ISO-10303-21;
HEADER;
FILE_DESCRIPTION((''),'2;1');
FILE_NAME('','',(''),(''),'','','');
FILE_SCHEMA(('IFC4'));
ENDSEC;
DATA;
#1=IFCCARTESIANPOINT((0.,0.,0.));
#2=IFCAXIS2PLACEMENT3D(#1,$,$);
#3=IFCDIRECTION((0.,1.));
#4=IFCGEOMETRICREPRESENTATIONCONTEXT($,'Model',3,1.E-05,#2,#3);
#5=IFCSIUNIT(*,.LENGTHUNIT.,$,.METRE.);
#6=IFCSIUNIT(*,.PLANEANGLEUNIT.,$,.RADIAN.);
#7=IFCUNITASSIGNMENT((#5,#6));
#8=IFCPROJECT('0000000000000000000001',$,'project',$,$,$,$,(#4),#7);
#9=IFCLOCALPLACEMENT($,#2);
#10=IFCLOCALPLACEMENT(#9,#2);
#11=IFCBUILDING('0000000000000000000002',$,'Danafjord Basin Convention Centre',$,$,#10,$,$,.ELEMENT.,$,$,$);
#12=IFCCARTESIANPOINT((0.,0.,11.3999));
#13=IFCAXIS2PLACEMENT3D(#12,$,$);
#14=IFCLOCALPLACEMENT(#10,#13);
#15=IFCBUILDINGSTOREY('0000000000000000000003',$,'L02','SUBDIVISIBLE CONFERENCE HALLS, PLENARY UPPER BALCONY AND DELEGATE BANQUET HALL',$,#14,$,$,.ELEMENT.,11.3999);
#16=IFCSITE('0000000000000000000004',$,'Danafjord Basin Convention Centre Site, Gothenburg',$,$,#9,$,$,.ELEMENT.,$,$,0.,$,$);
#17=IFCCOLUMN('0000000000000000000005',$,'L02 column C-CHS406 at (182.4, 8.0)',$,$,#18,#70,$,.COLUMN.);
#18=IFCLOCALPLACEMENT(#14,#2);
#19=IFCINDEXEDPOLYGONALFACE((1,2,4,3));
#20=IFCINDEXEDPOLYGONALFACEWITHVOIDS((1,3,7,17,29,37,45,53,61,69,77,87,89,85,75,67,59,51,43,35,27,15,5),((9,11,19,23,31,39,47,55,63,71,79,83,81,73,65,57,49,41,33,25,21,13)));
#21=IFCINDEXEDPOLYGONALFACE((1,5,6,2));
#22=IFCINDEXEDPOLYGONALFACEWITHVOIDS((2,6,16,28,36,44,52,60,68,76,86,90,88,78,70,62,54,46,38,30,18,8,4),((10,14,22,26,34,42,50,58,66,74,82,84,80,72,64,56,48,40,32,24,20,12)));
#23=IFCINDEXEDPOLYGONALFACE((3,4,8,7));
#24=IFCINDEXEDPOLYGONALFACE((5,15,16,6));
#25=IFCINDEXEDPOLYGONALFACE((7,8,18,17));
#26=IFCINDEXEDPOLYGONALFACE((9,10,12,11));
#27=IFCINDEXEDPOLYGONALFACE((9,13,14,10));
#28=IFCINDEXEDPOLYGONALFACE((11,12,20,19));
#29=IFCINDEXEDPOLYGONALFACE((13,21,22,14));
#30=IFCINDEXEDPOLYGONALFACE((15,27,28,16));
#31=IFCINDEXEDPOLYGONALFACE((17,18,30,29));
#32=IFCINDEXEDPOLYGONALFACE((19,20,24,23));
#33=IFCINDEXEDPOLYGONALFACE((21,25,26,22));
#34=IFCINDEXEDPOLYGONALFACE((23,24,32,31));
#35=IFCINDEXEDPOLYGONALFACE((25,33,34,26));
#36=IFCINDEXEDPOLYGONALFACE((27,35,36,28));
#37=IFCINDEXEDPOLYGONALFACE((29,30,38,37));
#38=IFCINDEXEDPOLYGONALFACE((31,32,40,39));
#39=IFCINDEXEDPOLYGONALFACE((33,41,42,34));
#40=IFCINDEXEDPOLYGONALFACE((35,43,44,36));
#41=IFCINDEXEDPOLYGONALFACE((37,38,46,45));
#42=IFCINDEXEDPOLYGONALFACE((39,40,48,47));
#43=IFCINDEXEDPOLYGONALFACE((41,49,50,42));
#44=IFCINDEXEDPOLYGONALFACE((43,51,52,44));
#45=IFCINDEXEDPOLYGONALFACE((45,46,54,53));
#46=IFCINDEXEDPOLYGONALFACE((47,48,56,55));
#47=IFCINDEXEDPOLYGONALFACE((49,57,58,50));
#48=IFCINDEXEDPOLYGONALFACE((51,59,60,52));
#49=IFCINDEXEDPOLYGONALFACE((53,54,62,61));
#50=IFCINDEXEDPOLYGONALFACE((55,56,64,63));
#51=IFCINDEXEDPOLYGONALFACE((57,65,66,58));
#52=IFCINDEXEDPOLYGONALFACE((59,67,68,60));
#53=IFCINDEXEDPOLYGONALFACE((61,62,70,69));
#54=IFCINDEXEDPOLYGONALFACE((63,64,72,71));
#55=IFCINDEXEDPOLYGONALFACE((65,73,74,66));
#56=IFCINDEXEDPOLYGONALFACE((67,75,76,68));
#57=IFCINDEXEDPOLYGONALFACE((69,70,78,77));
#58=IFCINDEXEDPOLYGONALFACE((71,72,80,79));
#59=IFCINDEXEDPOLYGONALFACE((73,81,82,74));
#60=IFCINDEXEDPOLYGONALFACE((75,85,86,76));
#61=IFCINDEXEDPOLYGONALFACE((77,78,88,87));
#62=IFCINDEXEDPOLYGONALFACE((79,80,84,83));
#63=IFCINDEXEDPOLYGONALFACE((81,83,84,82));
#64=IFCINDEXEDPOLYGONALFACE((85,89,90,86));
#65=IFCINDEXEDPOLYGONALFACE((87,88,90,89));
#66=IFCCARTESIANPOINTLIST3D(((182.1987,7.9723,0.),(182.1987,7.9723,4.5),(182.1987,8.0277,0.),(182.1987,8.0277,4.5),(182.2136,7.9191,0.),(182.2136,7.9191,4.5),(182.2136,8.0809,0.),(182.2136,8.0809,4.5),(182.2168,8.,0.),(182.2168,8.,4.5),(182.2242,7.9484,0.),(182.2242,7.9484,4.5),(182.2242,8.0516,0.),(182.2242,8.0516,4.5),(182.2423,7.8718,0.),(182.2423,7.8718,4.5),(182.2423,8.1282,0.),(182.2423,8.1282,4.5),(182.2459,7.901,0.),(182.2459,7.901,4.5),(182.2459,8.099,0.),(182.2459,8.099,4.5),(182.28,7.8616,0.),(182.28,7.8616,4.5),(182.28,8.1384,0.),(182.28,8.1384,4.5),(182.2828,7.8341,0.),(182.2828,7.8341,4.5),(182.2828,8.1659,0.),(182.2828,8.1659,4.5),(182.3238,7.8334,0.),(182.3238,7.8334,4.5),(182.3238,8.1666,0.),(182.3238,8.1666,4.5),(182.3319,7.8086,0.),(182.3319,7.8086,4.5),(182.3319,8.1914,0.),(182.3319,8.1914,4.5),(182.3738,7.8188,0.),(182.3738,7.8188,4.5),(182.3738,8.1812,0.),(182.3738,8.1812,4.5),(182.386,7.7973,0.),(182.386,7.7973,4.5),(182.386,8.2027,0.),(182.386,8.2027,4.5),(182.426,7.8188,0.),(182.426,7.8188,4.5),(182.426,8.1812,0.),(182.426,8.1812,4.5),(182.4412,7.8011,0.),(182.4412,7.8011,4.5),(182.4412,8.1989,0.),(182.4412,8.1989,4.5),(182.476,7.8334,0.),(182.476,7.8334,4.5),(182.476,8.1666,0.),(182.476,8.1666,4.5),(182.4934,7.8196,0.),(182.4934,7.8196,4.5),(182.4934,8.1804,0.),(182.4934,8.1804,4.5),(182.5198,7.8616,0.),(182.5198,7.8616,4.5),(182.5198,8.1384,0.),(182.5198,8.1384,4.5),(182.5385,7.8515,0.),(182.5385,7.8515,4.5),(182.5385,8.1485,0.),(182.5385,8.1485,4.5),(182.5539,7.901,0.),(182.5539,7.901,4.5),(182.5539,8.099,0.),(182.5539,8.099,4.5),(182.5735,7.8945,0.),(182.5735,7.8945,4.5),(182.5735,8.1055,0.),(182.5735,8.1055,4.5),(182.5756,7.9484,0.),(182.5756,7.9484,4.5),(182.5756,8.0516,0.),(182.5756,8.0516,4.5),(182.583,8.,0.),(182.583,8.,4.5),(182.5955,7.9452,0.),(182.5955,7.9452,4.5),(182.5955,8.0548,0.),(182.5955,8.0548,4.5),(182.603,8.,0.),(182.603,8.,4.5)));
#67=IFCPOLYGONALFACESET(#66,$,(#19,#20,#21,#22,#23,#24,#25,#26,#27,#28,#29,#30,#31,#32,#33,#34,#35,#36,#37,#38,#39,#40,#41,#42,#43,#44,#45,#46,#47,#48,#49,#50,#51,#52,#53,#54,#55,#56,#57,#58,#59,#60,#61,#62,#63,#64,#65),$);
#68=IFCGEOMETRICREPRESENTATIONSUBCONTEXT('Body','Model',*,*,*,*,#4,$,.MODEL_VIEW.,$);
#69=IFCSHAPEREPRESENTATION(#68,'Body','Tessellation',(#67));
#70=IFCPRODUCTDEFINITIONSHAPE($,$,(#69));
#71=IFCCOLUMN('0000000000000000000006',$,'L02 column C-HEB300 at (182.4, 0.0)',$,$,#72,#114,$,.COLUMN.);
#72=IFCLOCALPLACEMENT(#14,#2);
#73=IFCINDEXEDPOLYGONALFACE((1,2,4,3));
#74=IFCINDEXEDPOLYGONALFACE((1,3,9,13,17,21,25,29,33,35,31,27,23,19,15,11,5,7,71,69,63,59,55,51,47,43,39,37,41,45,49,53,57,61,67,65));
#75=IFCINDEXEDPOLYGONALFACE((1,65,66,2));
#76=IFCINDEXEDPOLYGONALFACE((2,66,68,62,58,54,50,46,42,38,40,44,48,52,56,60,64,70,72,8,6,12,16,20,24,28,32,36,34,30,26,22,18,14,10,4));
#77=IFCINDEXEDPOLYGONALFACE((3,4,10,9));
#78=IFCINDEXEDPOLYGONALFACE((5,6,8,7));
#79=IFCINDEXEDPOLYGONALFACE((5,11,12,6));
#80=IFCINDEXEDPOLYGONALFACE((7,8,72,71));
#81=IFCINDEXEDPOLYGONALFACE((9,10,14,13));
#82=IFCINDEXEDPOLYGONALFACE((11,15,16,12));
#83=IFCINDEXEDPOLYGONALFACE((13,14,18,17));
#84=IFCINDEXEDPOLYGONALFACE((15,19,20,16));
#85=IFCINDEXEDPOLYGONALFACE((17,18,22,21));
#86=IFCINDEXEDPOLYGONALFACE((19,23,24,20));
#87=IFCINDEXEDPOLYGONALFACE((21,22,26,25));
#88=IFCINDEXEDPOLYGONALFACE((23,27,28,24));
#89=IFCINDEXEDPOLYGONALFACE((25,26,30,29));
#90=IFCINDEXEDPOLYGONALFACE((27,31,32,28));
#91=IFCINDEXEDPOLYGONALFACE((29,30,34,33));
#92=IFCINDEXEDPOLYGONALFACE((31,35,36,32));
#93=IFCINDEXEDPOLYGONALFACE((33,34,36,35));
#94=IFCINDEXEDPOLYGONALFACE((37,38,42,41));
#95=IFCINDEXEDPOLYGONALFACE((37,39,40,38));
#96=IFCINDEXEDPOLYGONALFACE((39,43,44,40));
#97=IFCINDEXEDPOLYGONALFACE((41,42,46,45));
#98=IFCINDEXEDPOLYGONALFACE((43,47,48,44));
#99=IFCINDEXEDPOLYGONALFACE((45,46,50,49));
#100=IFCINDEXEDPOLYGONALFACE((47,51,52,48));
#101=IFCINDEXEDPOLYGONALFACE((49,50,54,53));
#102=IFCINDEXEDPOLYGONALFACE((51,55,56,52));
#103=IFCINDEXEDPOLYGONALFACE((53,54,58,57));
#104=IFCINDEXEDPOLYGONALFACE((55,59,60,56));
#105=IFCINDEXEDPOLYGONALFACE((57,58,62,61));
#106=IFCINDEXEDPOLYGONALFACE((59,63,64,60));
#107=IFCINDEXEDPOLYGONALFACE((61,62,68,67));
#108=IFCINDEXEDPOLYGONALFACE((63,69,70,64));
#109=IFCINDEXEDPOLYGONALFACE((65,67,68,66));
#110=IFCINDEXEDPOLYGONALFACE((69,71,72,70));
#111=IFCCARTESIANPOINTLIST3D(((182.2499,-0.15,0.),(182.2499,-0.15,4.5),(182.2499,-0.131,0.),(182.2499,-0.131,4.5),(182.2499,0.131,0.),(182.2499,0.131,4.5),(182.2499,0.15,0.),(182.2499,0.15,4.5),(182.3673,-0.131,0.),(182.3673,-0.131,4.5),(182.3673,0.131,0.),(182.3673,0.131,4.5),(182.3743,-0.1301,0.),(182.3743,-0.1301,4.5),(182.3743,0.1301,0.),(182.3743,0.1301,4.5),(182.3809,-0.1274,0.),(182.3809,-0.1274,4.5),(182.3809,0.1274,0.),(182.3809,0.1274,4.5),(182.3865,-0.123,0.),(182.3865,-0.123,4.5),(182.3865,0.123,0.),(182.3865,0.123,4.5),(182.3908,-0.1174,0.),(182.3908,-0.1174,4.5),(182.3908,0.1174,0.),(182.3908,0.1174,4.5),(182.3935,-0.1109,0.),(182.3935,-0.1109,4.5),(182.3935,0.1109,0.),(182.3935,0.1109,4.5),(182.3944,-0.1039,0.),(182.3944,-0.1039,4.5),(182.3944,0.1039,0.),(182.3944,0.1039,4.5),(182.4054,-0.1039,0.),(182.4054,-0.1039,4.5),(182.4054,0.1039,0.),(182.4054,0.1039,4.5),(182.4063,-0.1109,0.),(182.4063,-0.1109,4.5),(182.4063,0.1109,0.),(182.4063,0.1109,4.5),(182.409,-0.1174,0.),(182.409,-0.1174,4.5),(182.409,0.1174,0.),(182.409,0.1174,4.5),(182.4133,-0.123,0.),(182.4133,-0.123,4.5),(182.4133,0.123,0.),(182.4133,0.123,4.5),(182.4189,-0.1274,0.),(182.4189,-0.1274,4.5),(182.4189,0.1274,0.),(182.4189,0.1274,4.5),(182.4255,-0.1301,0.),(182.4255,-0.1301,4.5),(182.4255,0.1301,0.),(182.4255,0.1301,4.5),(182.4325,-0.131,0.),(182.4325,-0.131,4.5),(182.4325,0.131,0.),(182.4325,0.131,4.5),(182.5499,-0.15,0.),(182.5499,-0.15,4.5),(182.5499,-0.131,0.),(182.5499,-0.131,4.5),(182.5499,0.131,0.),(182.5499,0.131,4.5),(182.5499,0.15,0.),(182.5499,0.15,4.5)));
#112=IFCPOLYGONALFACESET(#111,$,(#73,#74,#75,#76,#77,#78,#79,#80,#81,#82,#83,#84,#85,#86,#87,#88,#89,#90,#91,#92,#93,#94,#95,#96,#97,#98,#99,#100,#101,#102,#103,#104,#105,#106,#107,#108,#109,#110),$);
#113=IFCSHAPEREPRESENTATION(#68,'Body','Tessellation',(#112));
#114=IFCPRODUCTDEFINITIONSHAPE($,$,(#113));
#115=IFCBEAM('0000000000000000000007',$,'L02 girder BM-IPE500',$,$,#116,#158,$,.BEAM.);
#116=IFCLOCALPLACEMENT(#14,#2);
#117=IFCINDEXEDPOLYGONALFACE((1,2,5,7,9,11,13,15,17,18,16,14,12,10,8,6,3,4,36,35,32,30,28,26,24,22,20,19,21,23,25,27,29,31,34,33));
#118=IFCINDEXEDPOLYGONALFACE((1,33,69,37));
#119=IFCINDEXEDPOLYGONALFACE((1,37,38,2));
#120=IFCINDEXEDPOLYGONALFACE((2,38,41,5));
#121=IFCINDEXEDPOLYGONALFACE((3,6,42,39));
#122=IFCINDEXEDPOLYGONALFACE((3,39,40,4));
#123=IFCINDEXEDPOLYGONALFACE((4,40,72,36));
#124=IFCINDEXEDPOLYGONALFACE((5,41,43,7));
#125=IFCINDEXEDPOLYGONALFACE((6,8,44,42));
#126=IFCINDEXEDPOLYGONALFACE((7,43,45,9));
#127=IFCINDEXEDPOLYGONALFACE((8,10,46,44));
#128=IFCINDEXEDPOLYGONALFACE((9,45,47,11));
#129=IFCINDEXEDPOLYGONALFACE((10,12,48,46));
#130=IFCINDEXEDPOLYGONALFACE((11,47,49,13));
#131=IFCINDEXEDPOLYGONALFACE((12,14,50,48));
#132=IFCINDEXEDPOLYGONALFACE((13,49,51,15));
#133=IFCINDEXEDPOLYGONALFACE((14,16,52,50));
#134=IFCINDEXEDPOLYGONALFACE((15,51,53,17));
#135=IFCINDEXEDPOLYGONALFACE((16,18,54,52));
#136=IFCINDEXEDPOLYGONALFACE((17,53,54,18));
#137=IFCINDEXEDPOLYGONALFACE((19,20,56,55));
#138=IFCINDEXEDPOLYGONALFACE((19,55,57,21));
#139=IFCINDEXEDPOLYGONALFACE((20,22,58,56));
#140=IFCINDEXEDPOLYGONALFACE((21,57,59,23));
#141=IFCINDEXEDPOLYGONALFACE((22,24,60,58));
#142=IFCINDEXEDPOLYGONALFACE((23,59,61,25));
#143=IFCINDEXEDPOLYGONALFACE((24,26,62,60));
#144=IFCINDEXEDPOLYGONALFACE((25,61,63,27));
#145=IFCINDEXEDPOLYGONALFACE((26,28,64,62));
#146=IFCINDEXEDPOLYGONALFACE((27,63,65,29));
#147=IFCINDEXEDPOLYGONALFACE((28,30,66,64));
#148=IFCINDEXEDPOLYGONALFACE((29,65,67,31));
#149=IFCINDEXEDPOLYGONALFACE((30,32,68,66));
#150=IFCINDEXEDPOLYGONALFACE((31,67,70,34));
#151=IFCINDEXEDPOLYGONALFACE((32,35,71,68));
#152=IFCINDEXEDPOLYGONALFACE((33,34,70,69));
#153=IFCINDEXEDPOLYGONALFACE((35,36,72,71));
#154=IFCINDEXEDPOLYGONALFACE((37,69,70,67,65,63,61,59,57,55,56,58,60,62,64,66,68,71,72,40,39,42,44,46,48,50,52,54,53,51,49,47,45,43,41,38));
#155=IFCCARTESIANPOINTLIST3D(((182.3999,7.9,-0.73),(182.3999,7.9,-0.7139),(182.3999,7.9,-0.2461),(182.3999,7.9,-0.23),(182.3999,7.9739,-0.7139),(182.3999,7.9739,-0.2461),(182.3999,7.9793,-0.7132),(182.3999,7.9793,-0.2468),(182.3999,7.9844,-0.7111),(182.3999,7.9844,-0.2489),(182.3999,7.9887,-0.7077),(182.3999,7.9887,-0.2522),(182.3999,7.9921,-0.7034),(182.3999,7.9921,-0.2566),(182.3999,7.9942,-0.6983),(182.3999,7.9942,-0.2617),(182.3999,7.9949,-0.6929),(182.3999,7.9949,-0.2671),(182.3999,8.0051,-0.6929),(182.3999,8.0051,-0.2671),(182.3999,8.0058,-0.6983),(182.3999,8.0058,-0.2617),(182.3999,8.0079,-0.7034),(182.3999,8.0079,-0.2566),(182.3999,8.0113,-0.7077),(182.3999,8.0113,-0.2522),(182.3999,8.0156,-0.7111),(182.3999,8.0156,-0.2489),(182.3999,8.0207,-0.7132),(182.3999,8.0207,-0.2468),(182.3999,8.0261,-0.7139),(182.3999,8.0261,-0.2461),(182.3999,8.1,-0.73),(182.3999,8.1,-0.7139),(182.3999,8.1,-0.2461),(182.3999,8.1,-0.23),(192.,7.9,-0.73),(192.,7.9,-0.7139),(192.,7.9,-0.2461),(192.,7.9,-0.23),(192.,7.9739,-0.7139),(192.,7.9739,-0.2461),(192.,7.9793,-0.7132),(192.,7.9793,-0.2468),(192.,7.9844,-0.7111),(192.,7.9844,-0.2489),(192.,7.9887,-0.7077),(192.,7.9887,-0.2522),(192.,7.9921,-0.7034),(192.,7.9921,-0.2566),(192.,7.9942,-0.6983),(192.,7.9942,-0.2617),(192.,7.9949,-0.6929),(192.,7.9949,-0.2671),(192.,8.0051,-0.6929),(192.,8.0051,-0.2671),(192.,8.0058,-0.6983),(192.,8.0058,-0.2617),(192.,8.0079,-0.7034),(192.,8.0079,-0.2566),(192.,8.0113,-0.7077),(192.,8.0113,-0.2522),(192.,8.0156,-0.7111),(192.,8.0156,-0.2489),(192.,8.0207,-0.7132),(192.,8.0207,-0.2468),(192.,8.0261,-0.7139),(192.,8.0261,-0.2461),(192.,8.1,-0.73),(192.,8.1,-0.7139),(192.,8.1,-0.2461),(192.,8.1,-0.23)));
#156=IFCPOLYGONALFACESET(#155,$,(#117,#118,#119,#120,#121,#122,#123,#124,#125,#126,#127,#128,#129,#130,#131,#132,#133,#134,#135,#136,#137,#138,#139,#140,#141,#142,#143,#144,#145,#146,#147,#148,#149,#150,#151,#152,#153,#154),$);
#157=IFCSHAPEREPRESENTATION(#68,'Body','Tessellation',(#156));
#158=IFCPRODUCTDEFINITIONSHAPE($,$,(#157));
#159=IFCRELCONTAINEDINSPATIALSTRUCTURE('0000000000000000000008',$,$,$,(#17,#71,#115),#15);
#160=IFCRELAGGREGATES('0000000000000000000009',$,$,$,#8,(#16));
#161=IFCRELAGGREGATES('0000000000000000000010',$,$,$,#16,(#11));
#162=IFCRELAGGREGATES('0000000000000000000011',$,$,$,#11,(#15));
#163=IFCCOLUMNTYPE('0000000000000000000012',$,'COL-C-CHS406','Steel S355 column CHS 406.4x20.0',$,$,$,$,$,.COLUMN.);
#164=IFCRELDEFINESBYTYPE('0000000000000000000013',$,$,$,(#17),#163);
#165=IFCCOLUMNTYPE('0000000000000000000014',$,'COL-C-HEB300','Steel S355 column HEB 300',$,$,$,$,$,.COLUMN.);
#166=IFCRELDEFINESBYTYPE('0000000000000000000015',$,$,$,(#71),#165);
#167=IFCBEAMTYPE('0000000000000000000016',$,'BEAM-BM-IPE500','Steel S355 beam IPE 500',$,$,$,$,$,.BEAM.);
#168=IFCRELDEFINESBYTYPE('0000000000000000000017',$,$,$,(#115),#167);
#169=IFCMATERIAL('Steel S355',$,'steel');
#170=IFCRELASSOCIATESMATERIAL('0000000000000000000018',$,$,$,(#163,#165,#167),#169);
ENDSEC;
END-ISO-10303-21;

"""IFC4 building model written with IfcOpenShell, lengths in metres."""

from ifc_helpers import new_model, si_unit, direction, frame, origin, origin_2d, place, context, subcontext, project, spatial, hollow_circle, i_section, extrude, material, material_profile, profile_set, type_object, element, save


model = new_model("IFC4")

# Units and contexts
model_context = context("Model", 3, precision=1e-05, world=origin(), true_north=direction((0.0, 1.0)))
body_context = subcontext(model_context, "Body", "Model", "MODEL_VIEW")
ifc_project = project(units=[si_unit("LENGTHUNIT", "METRE"), si_unit("PLANEANGLEUNIT", "RADIAN")], contexts=[model_context])

# Site, building, storey
site_placement = place(None, origin())
site = spatial("IfcSite", under=ifc_project, at=site_placement, Name="Danafjord Basin Convention Centre Site, Gothenburg", CompositionType="ELEMENT", RefElevation=0.0)
building_placement = place(site_placement, origin())
building = spatial("IfcBuilding", under=site, at=building_placement, Name="Danafjord Basin Convention Centre", CompositionType="ELEMENT")
storey_placement = place(building_placement, frame((0.0, 0.0, 11.3999)))
storey = spatial("IfcBuildingStorey", under=building, at=storey_placement, Name="L02", Description="SUBDIVISIBLE CONFERENCE HALLS, PLENARY UPPER BALCONY AND DELEGATE BANQUET HALL", CompositionType="ELEMENT", Elevation=11.3999)

# Columns
ifc_material_1 = material(Name="Steel S355", Category="steel")
ifc_material_profile_1 = material_profile(ifc_material_1, hollow_circle(Radius=0.2031, WallThickness=0.02, at=origin_2d()), Name="CHS 406.4x20.0")
ifc_profile_set_1 = profile_set([ifc_material_profile_1], Name="Steel S355")
column_type_1 = type_object("IfcColumnType", Name="COL-C-CHS406", Description="Steel S355 column CHS 406.4x20.0", PredefinedType="COLUMN", material=ifc_profile_set_1)
column_1_placement = place(storey_placement, frame((182.3999, 8.0, 0.0), z_axis=(0.0, 0.0, 1.0), x_axis=(1.0, 0.0, 0.0)))
element("IfcColumn", 1, at=column_1_placement, inside=storey, type_object=column_type_1, Name="L02 column C-CHS406 at (182.4, 8.0)", PredefinedType="COLUMN", context=body_context, shape_type="SweptSolid", body=[
    extrude(hollow_circle(Radius=0.2031, WallThickness=0.02, at=origin_2d()), origin(), (0.0, 0.0, 1.0), 4.5),
])
ifc_material_profile_2 = material_profile(ifc_material_1, i_section(OverallWidth=0.3, OverallDepth=0.3, WebThickness=0.011, FlangeThickness=0.019, FilletRadius=0.0271, at=origin_2d()), Name="HEB 300")
ifc_profile_set_2 = profile_set([ifc_material_profile_2], Name="Steel S355")
column_type_2 = type_object("IfcColumnType", Name="COL-C-HEB300", Description="Steel S355 column HEB 300", PredefinedType="COLUMN", material=ifc_profile_set_2)
column_2_placement = place(storey_placement, frame((182.3999, 0.0, 0.0), z_axis=(0.0, 0.0, 1.0), x_axis=(1.0, 0.0, 0.0)))
element("IfcColumn", 2, at=column_2_placement, inside=storey, type_object=column_type_2, Name="L02 column C-HEB300 at (182.4, 0.0)", PredefinedType="COLUMN", context=body_context, shape_type="SweptSolid", body=[
    extrude(i_section(OverallWidth=0.3, OverallDepth=0.3, WebThickness=0.011, FlangeThickness=0.019, FilletRadius=0.0271, at=origin_2d()), origin(), (0.0, 0.0, 1.0), 4.5),
])

# Beam
ifc_material_profile_3 = material_profile(ifc_material_1, i_section(OverallWidth=0.2, OverallDepth=0.5, WebThickness=0.0103, FlangeThickness=0.0161, FilletRadius=0.021, at=origin_2d()), Name="IPE 500")
ifc_profile_set_3 = profile_set([ifc_material_profile_3], Name="Steel S355")
beam_type_1 = type_object("IfcBeamType", Name="BEAM-BM-IPE500", Description="Steel S355 beam IPE 500", PredefinedType="BEAM", material=ifc_profile_set_3)
beam_1_placement = place(storey_placement, frame((182.3999, 8.0, -0.48), z_axis=(1.0, 0.0, 0.0), x_axis=(0.0, 1.0, 0.0)))
element("IfcBeam", 3, at=beam_1_placement, inside=storey, type_object=beam_type_1, Name="L02 girder BM-IPE500", PredefinedType="BEAM", context=body_context, shape_type="SweptSolid", body=[
    extrude(i_section(OverallWidth=0.2, OverallDepth=0.5, WebThickness=0.0103, FlangeThickness=0.0161, FilletRadius=0.021, at=origin_2d()), origin(), (0.0, 0.0, 1.0), 9.6001),
])

save(model, "model.ifc")
